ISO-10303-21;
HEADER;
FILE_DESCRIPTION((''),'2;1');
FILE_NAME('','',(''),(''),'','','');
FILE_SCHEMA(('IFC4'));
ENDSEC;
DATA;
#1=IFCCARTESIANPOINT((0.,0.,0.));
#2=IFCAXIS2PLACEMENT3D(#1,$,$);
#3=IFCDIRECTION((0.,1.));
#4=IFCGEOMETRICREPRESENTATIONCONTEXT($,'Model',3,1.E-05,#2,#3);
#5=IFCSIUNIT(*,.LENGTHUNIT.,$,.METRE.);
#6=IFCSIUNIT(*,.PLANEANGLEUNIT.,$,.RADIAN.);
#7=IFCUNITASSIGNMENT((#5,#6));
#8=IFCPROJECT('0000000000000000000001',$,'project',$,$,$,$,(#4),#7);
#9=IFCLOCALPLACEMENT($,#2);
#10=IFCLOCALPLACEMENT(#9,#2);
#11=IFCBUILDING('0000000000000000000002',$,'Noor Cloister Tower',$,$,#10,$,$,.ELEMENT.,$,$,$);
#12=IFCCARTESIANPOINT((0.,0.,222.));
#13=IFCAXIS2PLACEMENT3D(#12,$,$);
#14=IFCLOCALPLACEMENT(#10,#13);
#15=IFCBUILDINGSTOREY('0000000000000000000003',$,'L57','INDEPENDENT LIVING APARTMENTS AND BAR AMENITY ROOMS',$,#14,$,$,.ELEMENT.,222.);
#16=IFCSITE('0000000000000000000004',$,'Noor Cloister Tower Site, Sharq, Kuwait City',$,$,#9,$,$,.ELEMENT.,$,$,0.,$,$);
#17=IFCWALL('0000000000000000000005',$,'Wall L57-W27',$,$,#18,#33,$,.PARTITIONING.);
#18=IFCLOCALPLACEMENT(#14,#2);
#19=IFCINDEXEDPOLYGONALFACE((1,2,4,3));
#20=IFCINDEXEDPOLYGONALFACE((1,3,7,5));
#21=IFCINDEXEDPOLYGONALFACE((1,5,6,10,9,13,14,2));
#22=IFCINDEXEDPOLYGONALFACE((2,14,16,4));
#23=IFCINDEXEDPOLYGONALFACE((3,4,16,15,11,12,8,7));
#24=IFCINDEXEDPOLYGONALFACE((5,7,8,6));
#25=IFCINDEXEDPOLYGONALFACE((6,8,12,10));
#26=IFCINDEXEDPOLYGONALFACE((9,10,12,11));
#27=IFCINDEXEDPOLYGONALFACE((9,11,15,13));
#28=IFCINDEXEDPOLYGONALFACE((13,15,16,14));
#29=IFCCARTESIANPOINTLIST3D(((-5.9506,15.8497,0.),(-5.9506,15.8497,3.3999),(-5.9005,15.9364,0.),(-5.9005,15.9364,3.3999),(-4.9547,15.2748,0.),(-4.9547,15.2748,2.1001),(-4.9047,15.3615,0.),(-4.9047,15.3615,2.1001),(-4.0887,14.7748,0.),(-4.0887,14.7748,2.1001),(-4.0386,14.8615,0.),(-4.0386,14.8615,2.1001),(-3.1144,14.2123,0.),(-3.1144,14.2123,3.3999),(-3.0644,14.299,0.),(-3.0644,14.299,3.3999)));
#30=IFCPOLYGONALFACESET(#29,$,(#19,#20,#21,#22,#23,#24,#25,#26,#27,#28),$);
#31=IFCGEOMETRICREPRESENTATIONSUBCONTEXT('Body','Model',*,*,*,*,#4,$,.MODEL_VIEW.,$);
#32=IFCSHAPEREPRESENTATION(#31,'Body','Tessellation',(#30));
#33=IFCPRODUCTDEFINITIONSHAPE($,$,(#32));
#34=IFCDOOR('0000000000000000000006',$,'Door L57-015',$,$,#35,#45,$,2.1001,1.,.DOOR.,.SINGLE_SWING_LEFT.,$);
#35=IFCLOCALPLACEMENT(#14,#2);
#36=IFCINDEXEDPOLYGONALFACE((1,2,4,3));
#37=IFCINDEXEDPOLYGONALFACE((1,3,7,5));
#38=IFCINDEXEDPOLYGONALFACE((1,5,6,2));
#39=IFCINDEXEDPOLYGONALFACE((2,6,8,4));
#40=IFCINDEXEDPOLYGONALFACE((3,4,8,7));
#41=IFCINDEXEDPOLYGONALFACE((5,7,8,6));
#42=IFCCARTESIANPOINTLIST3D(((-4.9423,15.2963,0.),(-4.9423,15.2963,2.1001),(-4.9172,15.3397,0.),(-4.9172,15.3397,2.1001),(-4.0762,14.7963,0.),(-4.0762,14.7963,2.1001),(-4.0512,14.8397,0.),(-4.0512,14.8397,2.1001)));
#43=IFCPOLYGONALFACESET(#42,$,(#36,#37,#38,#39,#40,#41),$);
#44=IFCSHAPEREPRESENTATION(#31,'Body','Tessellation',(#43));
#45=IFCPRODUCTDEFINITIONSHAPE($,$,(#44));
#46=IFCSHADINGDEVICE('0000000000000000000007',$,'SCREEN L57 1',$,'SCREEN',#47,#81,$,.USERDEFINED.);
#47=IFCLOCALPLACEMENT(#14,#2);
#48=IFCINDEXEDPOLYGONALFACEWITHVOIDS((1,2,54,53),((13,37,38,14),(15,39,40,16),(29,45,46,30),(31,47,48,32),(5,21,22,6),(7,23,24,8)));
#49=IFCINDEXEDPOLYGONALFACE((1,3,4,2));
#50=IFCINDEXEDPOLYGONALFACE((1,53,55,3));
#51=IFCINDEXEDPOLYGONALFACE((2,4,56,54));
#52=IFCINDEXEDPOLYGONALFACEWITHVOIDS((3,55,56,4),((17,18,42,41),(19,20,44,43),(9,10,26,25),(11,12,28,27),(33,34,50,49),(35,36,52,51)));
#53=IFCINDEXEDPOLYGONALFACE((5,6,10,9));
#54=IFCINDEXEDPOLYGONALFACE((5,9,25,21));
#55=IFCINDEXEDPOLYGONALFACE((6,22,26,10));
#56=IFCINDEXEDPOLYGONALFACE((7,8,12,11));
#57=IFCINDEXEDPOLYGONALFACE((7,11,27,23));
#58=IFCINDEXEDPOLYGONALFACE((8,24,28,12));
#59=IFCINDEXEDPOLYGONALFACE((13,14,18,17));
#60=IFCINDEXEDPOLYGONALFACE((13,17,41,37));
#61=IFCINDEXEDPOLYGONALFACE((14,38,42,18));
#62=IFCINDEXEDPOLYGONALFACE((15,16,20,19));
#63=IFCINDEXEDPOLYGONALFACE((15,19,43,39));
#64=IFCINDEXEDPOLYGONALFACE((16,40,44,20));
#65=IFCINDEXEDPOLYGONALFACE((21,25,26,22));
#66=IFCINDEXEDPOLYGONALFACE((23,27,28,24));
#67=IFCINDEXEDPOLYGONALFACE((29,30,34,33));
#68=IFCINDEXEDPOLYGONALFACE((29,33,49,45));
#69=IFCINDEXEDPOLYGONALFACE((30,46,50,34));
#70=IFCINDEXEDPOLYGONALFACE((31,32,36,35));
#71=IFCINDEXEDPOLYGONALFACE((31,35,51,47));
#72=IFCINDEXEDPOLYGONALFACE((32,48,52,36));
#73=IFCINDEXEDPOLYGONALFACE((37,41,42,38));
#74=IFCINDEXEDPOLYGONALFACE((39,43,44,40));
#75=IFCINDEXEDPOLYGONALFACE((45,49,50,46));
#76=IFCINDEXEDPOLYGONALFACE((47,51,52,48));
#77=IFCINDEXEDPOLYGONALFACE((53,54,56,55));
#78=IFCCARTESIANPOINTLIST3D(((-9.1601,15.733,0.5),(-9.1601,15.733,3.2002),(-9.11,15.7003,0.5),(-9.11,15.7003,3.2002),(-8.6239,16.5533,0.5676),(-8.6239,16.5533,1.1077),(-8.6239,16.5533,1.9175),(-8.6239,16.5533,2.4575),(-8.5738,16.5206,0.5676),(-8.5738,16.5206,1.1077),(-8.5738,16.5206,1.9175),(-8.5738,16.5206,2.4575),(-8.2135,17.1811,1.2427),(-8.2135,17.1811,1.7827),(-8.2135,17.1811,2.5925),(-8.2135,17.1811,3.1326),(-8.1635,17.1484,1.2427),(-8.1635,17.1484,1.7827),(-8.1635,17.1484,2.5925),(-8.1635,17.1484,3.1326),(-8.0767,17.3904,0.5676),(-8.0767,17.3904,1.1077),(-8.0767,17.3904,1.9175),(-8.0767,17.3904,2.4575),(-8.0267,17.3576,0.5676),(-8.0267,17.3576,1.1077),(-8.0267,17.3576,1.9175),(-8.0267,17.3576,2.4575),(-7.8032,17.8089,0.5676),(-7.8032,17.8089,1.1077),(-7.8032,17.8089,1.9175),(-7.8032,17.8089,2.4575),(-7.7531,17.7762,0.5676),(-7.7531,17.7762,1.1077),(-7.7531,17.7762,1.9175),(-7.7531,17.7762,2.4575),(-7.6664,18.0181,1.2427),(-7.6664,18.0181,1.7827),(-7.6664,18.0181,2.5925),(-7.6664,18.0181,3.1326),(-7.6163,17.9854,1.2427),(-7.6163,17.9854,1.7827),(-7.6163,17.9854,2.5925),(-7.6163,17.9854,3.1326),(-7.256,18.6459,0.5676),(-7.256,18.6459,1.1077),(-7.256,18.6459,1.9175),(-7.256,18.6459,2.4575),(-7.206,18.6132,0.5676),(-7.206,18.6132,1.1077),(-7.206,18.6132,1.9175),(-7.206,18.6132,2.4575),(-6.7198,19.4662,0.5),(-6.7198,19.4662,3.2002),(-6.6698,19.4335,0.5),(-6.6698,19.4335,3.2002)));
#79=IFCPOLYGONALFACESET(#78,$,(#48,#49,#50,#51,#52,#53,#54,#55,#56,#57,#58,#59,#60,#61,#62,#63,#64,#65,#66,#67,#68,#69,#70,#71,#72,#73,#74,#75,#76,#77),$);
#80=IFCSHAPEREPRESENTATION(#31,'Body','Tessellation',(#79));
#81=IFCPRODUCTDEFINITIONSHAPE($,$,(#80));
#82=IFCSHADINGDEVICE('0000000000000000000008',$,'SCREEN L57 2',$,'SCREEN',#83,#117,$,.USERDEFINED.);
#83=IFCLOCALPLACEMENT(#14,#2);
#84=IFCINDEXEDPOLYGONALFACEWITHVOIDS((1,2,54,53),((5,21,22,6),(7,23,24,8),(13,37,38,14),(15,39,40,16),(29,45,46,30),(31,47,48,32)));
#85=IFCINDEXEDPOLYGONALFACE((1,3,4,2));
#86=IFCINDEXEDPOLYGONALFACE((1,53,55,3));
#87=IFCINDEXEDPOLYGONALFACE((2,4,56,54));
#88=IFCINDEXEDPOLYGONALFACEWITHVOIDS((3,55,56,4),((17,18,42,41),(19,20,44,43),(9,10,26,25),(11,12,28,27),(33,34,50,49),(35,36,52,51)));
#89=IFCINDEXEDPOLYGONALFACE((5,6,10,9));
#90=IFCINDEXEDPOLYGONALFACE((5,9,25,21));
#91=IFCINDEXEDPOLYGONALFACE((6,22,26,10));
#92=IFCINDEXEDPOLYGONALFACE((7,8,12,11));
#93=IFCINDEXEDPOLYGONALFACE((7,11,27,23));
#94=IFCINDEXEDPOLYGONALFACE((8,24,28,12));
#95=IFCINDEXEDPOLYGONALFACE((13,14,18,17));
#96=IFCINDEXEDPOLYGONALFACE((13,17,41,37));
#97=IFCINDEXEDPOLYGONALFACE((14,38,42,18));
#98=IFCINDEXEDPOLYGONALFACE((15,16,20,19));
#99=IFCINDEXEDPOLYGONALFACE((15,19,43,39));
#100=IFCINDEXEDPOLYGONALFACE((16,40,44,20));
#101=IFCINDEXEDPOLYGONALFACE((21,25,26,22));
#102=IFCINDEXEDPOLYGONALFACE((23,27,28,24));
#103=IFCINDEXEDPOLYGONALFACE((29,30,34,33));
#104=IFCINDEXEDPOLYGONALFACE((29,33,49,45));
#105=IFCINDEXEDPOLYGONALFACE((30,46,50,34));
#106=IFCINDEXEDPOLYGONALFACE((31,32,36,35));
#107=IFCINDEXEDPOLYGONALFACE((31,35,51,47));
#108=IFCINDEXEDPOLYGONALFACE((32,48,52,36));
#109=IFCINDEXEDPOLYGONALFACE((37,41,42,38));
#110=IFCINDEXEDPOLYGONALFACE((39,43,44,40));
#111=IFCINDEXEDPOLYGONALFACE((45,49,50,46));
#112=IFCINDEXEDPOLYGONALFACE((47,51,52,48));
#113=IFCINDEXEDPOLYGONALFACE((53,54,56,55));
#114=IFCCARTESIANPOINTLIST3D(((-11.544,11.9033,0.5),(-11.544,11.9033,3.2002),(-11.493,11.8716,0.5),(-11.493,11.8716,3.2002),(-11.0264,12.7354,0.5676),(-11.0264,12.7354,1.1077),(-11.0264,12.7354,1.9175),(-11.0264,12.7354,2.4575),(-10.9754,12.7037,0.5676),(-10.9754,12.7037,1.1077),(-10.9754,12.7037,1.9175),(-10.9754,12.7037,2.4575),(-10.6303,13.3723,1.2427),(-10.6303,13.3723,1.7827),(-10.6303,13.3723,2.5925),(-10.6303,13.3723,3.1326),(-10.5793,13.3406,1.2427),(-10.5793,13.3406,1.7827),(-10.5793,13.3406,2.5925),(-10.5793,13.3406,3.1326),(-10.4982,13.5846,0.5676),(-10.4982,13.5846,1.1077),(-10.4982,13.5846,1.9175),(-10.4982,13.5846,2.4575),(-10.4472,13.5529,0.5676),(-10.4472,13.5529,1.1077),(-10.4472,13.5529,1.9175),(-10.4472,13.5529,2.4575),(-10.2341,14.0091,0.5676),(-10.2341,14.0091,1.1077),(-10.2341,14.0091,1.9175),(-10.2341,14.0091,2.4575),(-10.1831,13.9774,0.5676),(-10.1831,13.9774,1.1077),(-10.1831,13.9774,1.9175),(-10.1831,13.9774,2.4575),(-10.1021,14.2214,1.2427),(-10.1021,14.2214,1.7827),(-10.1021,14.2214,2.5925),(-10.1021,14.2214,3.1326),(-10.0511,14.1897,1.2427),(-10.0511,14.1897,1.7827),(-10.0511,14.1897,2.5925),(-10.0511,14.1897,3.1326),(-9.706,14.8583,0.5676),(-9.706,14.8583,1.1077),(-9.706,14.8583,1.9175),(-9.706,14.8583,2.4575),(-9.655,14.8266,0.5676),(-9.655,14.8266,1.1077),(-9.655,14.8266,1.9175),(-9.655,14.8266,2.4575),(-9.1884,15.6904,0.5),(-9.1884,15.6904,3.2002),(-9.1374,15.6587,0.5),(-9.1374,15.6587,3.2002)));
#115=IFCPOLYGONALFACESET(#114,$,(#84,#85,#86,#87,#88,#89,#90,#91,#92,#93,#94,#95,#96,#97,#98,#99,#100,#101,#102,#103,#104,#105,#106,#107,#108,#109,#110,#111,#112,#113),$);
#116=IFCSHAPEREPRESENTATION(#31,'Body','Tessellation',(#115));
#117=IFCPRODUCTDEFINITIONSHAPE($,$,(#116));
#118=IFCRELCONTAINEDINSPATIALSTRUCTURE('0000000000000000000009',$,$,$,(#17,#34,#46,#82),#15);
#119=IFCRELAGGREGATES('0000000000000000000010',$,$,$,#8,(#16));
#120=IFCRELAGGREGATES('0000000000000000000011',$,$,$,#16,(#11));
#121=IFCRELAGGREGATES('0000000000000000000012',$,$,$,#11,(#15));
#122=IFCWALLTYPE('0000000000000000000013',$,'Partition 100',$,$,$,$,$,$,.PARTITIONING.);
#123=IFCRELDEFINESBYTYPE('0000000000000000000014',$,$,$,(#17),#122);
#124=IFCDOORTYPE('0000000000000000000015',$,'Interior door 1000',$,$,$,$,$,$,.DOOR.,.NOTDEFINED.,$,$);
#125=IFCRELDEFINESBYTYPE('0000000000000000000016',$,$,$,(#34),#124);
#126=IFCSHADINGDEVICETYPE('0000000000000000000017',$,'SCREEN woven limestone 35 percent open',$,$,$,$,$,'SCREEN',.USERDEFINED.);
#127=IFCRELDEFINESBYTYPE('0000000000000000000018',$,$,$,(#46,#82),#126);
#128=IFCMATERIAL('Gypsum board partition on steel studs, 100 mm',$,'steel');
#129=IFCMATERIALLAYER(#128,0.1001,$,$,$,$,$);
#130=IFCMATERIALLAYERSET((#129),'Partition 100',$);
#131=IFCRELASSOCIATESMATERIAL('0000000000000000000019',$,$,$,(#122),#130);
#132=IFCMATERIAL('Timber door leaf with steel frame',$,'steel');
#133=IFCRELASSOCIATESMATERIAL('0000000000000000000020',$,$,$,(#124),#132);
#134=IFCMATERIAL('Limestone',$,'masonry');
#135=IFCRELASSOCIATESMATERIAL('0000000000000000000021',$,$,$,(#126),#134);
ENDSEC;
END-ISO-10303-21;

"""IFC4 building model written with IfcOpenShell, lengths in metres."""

from ifc_helpers import new_model, si_unit, direction, frame, frame_2d, origin, place, context, subcontext, project, spatial, polyline, rectangle, outline, extrude, material, layer, layer_set, material_profile, profile_set, type_object, element, fill, save


model = new_model("IFC4")

# Units and contexts
model_context = context("Model", 3, precision=1e-05, world=origin(), true_north=direction((0.0, 1.0)))
body_context = subcontext(model_context, "Body", "Model", "MODEL_VIEW")
ifc_project = project(units=[si_unit("LENGTHUNIT", "METRE"), si_unit("PLANEANGLEUNIT", "RADIAN")], contexts=[model_context])

# Site, building, storey
site_placement = place(None, origin())
site = spatial("IfcSite", under=ifc_project, at=site_placement, Name="Noor Cloister Tower Site, Sharq, Kuwait City", CompositionType="ELEMENT", RefElevation=0.0)
building_placement = place(site_placement, origin())
building = spatial("IfcBuilding", under=site, at=building_placement, Name="Noor Cloister Tower", CompositionType="ELEMENT")
storey_placement = place(building_placement, frame((0.0, 0.0, 222.0)))
storey = spatial("IfcBuildingStorey", under=building, at=storey_placement, Name="L57", Description="INDEPENDENT LIVING APARTMENTS AND BAR AMENITY ROOMS", CompositionType="ELEMENT", Elevation=222.0)

# Shared definitions
ifc_material_1 = material(Name="Gypsum board partition on steel studs, 100 mm", Category="steel")
ifc_layer_1 = layer(ifc_material_1, 0.1001)
ifc_layer_set_1 = layer_set([ifc_layer_1], Name="Partition 100")
wall_type_1 = type_object("IfcWallType", Name="Partition 100", PredefinedType="PARTITIONING", material=ifc_layer_set_1)

# Wall, opening, door
wall_1_placement = place(storey_placement, frame((-5.9255, 15.8931, 0.0), z_axis=(0.0, 0.0, 1.0), x_axis=(0.866028, -0.499996, 0.0)))
wall_1 = element("IfcWall", 1, at=wall_1_placement, inside=storey, type_object=wall_type_1, Name="Wall L57-W27", PredefinedType="PARTITIONING", context=body_context, shape_type="SweptSolid", body=[
    extrude(rectangle(XDim=3.2749, YDim=0.1001, at=frame_2d((1.6375, 0.0))), origin(), (0.0, 0.0, 1.0), 3.3999),
])
opening_1_placement = place(wall_1_placement, frame((1.1499, 0.0, 0.0)))
opening_1 = element("IfcOpeningElement", 2, at=opening_1_placement, cuts=wall_1, PredefinedType="OPENING", context=body_context, shape_type="SweptSolid", body=[
    extrude(rectangle(XDim=1.0, YDim=2.1001, at=frame_2d((0.5, 1.05))), frame((0.0, 0.0601, 0.0), z_axis=(0.0, -1.0, 0.0), x_axis=(1.0, 0.0, 0.0)), (0.0, 0.0, 1.0), 0.1201),
])
ifc_material_2 = material(Name="Timber door leaf with steel frame", Category="steel")
door_type_1 = type_object("IfcDoorType", Name="Interior door 1000", OperationType="NOTDEFINED", PredefinedType="DOOR", material=ifc_material_2)
door_1_placement = place(opening_1_placement, origin())
door_1 = element("IfcDoor", 3, at=door_1_placement, inside=storey, type_object=door_type_1, Name="Door L57-015", OperationType="SINGLE_SWING_LEFT", OverallHeight=2.1001, OverallWidth=1.0, PredefinedType="DOOR", context=body_context, shape_type="SweptSolid", body=[
    extrude(rectangle(XDim=1.0, YDim=2.1001, at=frame_2d((0.5, 1.05))), frame((0.0, 0.0249, 0.0), z_axis=(0.0, -1.0, 0.0), x_axis=(1.0, 0.0, 0.0)), (0.0, 0.0, 1.0), 0.05),
])
fill(opening_1, door_1)

# Shading devices
ifc_material_3 = material(Name="Limestone", Category="masonry")
ifc_material_profile_1 = material_profile(ifc_material_3, outline(polyline([(-2.23, -1.3501), (2.23, -1.3501), (2.23, 1.3501), (-2.23, 1.3501), (-2.23, -1.3501)]), holes=[polyline([(-1.25, -1.2825), (-0.25, -1.2825), (-0.25, -0.7424), (-1.25, -0.7424), (-1.25, -1.2825)]), polyline([(0.25, -1.2825), (1.25, -1.2825), (1.25, -0.7424), (0.25, -0.7424), (0.25, -1.2825)]), polyline([(-0.5, -0.6074), (0.5, -0.6074), (0.5, -0.0674), (-0.5, -0.0674), (-0.5, -0.6074)]), polyline([(-1.25, 0.0674), (-0.25, 0.0674), (-0.25, 0.6074), (-1.25, 0.6074), (-1.25, 0.0674)]), polyline([(0.25, 0.0674), (1.25, 0.0674), (1.25, 0.6074), (0.25, 0.6074), (0.25, 0.0674)]), polyline([(-0.5, 0.7424), (0.5, 0.7424), (0.5, 1.2825), (-0.5, 1.2825), (-0.5, 0.7424)])]), Name="Woven screen 35 percent open")
ifc_profile_set_1 = profile_set([ifc_material_profile_1], Name="Limestone")
shading_device_type = type_object("IfcShadingDeviceType", Name="SCREEN woven limestone 35 percent open", ElementType="SCREEN", PredefinedType="USERDEFINED", material=ifc_profile_set_1)
shading_device_1_placement = place(storey_placement, frame((-7.8899, 17.5669, 1.8501), z_axis=(-0.837042, 0.547139, 0.0), x_axis=(-0.547139, -0.837042, 0.0)))
element("IfcShadingDevice", 4, at=shading_device_1_placement, inside=storey, type_object=shading_device_type, Name="SCREEN L57 1", ObjectType="SCREEN", PredefinedType="USERDEFINED", context=body_context, shape_type="SweptSolid", body=[
    extrude(outline(polyline([(-2.23, -1.3501), (2.23, -1.3501), (2.23, 1.3501), (-2.23, 1.3501), (-2.23, -1.3501)]), holes=[polyline([(-1.25, -1.2825), (-0.25, -1.2825), (-0.25, -0.7424), (-1.25, -0.7424), (-1.25, -1.2825)]), polyline([(0.25, -1.2825), (1.25, -1.2825), (1.25, -0.7424), (0.25, -0.7424), (0.25, -1.2825)]), polyline([(-0.5, -0.6074), (0.5, -0.6074), (0.5, -0.0674), (-0.5, -0.0674), (-0.5, -0.6074)]), polyline([(-1.25, 0.0674), (-0.25, 0.0674), (-0.25, 0.6074), (-1.25, 0.6074), (-1.25, 0.0674)]), polyline([(0.25, 0.0674), (1.25, 0.0674), (1.25, 0.6074), (0.25, 0.6074), (0.25, 0.0674)]), polyline([(-0.5, 0.7424), (0.5, 0.7424), (0.5, 1.2825), (-0.5, 1.2825), (-0.5, 0.7424)])]), origin(), (0.0, 0.0, 1.0), 0.0598),
])
shading_device_2_placement = place(storey_placement, frame((-10.3152, 13.7651, 1.8501), z_axis=(-0.849138, 0.528172, 0.0), x_axis=(-0.528172, -0.849138, 0.0)))
element("IfcShadingDevice", 5, at=shading_device_2_placement, inside=storey, type_object=shading_device_type, Name="SCREEN L57 2", ObjectType="SCREEN", PredefinedType="USERDEFINED", context=body_context, shape_type="SweptSolid", body=[
    extrude(outline(polyline([(-2.23, -1.3501), (2.23, -1.3501), (2.23, 1.3501), (-2.23, 1.3501), (-2.23, -1.3501)]), holes=[polyline([(-1.25, -1.2825), (-0.25, -1.2825), (-0.25, -0.7424), (-1.25, -0.7424), (-1.25, -1.2825)]), polyline([(0.25, -1.2825), (1.25, -1.2825), (1.25, -0.7424), (0.25, -0.7424), (0.25, -1.2825)]), polyline([(-0.5, -0.6074), (0.5, -0.6074), (0.5, -0.0674), (-0.5, -0.0674), (-0.5, -0.6074)]), polyline([(-1.25, 0.0674), (-0.25, 0.0674), (-0.25, 0.6074), (-1.25, 0.6074), (-1.25, 0.0674)]), polyline([(0.25, 0.0674), (1.25, 0.0674), (1.25, 0.6074), (0.25, 0.6074), (0.25, 0.0674)]), polyline([(-0.5, 0.7424), (0.5, 0.7424), (0.5, 1.2825), (-0.5, 1.2825), (-0.5, 0.7424)])]), origin(), (0.0, 0.0, 1.0), 0.0601),
])

save(model, "model.ifc")
